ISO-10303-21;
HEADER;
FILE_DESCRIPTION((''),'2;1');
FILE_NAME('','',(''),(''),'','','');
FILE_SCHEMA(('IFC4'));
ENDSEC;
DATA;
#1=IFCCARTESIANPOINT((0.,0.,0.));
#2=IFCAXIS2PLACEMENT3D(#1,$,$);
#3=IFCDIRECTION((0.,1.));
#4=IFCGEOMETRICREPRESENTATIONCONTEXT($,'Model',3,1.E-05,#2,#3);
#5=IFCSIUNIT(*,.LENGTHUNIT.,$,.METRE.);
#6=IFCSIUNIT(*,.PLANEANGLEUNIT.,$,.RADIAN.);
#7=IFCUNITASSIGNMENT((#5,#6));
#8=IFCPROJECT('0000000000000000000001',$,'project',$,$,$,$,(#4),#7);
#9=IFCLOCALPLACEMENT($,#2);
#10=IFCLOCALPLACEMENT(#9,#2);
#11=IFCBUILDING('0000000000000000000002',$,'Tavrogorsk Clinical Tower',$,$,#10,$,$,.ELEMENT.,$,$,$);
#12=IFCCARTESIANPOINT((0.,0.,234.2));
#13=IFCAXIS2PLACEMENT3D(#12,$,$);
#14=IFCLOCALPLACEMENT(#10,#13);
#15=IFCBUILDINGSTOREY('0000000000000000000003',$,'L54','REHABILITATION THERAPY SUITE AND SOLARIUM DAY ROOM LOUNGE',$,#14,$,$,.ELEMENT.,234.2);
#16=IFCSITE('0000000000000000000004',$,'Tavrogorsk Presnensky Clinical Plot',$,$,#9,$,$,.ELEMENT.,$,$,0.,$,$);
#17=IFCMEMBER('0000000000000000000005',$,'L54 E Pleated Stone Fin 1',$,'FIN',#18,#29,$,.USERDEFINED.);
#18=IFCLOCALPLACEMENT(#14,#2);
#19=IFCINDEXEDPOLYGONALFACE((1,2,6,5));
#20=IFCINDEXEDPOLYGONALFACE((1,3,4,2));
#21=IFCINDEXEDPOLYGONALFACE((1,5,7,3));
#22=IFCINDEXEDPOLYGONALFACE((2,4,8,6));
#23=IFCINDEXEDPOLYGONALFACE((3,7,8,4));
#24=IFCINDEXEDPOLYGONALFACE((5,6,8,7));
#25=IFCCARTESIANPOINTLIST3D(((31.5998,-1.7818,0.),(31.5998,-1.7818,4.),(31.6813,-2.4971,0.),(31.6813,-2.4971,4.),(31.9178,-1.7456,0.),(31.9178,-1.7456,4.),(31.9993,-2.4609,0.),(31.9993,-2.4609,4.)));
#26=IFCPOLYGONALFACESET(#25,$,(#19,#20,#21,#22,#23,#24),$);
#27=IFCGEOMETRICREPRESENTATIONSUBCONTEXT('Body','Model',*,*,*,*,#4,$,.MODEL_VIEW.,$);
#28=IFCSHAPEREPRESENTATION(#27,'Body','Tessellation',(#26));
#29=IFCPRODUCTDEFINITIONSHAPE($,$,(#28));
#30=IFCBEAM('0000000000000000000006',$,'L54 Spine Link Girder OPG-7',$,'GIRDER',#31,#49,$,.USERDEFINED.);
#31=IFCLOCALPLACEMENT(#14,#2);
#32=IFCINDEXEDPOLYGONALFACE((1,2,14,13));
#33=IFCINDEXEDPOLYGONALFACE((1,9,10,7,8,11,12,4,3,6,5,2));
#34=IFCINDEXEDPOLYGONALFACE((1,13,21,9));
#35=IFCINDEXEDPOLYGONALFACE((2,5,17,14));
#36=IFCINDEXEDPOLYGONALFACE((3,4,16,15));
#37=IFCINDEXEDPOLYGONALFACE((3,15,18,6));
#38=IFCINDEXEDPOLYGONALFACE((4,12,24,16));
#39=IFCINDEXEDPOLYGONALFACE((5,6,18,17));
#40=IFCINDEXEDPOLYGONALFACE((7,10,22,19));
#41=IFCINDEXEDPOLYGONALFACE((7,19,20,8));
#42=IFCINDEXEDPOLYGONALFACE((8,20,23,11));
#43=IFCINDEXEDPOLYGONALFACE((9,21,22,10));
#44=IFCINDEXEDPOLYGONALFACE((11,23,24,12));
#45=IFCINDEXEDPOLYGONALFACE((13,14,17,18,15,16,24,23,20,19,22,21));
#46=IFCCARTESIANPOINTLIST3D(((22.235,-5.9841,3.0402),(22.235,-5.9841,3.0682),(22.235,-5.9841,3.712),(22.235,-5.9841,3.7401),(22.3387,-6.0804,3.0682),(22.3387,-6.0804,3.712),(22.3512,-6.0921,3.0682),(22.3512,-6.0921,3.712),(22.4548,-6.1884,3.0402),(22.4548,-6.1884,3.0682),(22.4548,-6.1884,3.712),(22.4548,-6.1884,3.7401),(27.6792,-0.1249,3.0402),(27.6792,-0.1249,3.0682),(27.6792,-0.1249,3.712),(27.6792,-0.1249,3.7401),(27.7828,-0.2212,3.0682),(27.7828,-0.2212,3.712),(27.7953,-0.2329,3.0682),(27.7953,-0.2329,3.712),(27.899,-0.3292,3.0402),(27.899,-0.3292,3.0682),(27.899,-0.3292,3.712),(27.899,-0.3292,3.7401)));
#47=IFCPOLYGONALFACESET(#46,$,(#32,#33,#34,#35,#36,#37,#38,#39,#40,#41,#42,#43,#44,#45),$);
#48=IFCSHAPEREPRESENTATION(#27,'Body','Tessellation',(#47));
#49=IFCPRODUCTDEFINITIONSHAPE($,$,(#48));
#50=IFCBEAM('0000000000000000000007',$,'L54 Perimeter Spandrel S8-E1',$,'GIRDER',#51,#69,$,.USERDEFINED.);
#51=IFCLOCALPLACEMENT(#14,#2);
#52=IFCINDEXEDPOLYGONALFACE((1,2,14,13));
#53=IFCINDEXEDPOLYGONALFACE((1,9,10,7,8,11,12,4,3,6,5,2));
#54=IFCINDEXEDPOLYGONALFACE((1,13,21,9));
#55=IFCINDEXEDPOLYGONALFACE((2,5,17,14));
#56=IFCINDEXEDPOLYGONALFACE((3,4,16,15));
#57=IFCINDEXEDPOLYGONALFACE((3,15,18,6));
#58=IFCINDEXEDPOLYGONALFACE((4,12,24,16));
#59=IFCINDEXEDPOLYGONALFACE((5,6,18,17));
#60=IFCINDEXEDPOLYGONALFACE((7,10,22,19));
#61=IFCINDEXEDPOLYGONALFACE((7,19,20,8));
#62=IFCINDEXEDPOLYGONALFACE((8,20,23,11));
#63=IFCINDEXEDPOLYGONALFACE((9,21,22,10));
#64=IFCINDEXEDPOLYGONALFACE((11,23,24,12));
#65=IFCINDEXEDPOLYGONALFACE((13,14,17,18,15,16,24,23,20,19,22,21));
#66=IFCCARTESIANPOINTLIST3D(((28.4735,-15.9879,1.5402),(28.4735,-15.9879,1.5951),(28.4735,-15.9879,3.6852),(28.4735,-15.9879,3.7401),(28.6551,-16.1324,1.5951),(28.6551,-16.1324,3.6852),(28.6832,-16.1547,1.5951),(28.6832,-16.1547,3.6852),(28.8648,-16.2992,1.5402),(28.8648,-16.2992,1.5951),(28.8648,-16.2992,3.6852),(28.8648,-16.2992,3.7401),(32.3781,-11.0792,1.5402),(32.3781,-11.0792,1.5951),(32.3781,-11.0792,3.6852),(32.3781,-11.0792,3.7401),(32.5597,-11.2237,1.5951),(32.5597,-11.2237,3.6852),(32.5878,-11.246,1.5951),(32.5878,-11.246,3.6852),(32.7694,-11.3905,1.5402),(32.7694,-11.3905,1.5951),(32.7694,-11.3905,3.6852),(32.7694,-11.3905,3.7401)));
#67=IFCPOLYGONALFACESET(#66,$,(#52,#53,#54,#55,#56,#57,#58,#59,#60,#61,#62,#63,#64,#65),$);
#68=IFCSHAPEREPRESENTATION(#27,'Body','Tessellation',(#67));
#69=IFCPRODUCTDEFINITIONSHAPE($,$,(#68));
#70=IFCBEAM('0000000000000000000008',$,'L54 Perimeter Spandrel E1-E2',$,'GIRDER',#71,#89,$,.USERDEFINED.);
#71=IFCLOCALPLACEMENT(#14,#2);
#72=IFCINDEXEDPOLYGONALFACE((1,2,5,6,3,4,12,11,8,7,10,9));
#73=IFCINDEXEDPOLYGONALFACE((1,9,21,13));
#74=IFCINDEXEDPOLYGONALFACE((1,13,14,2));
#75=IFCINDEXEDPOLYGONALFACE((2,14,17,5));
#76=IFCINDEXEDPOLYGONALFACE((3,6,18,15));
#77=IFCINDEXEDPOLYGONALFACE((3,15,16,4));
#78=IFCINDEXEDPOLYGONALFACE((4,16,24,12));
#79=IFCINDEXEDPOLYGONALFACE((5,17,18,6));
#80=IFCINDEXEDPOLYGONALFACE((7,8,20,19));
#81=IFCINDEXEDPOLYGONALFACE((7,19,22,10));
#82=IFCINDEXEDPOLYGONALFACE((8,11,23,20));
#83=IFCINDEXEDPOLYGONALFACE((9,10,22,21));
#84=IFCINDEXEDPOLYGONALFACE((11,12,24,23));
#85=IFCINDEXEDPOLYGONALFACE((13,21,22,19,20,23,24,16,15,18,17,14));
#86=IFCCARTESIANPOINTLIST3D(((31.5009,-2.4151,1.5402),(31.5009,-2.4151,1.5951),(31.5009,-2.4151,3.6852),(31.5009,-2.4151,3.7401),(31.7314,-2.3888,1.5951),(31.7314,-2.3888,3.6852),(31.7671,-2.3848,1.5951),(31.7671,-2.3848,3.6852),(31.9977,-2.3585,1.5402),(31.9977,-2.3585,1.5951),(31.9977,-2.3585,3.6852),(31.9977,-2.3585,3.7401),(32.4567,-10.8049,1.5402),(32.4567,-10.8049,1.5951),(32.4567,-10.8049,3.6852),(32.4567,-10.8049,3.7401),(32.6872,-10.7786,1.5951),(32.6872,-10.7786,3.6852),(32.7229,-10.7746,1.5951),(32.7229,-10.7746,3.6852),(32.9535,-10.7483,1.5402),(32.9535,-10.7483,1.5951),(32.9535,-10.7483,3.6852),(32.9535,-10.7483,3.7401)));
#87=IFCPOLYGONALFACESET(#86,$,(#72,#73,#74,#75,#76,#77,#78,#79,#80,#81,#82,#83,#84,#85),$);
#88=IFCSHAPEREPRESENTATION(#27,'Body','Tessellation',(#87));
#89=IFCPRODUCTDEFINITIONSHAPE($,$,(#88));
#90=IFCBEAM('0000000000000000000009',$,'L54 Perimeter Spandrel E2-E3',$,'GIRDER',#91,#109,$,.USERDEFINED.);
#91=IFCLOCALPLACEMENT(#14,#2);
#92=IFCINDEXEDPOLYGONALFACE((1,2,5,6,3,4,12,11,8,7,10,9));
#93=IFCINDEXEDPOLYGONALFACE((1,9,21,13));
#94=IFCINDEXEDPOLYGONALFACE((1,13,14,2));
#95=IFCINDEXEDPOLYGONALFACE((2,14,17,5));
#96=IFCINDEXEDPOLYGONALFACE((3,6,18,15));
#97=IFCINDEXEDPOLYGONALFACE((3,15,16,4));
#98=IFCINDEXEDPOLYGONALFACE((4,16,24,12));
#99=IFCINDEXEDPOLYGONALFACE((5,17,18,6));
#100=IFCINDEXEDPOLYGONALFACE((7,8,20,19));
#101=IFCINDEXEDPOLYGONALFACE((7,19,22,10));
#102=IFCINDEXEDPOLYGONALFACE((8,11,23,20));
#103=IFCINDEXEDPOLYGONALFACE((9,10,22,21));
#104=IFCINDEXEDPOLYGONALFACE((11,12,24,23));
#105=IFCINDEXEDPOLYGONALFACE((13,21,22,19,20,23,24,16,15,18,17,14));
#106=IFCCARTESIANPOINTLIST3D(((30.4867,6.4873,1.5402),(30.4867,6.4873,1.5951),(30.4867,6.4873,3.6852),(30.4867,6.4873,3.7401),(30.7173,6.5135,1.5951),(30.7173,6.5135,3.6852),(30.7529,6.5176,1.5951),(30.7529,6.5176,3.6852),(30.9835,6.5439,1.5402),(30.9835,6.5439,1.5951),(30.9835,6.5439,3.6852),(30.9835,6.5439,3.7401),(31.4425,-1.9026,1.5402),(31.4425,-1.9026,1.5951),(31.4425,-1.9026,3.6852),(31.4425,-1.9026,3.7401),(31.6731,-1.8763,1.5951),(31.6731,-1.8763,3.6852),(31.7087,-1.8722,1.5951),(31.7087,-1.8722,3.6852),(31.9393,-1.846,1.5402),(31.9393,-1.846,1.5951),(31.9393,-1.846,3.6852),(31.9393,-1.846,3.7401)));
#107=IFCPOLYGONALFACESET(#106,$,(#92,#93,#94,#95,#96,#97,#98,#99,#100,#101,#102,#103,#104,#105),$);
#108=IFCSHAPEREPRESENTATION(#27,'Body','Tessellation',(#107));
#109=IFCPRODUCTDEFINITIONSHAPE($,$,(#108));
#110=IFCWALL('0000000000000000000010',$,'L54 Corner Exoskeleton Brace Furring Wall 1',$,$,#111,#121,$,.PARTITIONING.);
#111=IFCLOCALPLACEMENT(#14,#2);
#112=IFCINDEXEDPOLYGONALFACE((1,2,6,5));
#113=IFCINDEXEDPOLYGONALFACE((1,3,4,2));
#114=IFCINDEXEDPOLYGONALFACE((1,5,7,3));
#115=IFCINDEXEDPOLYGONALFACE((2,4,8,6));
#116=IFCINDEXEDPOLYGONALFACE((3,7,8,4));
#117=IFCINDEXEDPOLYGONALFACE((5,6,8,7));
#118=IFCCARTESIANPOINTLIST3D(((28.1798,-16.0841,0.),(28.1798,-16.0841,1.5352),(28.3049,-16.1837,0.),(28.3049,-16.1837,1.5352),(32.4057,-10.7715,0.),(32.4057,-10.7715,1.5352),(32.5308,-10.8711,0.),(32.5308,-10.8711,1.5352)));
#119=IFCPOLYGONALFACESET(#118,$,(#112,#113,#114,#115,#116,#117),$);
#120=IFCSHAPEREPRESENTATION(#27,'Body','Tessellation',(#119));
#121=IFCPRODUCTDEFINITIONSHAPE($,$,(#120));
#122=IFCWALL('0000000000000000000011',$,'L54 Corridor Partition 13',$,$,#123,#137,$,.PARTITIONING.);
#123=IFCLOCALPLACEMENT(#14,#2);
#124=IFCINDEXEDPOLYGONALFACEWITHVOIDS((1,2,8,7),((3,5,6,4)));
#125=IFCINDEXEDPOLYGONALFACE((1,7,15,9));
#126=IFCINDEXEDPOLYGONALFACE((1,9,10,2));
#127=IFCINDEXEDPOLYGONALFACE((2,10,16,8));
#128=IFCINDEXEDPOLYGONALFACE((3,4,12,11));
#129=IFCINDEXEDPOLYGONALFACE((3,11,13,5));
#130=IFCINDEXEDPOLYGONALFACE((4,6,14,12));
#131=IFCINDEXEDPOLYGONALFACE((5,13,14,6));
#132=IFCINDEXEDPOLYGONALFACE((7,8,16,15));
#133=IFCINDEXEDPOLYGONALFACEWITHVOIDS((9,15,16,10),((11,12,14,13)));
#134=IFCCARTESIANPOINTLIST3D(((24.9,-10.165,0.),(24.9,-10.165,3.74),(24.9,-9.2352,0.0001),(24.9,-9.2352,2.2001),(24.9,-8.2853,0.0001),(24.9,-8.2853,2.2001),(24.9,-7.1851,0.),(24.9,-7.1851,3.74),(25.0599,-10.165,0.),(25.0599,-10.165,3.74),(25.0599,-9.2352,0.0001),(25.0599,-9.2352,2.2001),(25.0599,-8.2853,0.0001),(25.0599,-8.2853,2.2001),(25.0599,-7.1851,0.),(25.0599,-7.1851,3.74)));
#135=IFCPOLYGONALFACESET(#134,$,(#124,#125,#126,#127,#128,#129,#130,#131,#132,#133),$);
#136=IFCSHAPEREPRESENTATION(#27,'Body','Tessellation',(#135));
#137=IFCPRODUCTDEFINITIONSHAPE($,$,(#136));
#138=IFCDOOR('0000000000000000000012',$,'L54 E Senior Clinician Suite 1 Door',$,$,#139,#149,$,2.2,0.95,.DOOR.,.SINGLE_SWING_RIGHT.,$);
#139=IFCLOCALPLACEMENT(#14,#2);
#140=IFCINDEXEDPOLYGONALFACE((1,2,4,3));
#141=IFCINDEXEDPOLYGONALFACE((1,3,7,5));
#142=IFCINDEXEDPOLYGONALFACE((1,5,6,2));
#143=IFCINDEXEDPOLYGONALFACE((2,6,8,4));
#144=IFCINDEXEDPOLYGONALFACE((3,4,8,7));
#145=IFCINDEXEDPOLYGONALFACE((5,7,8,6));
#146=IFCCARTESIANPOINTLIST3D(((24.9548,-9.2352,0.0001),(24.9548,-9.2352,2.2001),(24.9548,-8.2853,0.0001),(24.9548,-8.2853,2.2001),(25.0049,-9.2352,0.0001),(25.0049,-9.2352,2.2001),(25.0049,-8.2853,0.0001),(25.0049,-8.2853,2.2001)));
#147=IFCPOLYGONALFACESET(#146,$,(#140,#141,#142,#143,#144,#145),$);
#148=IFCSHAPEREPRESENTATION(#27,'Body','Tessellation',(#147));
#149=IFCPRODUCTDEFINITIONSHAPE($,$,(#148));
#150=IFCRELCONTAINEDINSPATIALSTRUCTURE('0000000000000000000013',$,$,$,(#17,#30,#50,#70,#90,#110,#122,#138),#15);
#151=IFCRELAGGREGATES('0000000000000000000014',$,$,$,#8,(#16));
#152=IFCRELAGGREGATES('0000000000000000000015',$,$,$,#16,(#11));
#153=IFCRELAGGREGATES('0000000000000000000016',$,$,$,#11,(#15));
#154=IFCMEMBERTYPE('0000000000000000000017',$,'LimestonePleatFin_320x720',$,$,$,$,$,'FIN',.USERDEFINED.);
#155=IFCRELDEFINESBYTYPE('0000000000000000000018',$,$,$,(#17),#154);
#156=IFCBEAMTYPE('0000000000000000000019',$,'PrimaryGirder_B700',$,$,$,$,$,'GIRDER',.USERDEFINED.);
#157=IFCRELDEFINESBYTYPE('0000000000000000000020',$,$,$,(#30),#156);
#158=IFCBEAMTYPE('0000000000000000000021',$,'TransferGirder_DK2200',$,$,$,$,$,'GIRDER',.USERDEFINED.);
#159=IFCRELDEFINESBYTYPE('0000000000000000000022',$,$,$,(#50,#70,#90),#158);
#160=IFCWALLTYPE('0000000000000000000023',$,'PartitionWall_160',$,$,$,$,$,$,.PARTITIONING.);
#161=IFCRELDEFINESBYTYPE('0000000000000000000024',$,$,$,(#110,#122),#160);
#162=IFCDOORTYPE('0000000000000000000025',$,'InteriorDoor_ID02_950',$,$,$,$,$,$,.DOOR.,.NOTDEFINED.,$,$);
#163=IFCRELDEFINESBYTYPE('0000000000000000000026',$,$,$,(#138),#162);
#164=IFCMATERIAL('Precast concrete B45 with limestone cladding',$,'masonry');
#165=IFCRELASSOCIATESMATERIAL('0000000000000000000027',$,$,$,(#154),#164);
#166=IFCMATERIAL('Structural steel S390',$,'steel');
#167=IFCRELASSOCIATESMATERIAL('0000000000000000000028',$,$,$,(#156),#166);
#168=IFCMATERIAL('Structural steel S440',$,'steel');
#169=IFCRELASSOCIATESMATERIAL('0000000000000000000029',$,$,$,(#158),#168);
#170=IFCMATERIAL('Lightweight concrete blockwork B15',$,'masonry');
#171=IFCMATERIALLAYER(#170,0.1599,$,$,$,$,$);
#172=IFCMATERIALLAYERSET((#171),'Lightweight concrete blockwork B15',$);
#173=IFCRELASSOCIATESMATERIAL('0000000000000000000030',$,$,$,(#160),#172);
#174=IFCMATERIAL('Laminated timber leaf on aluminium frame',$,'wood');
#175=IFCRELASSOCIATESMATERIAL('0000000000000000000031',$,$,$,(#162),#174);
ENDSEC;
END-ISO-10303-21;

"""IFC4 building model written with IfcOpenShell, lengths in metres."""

from ifc_helpers import new_model, si_unit, direction, frame, frame_2d, origin, origin_2d, place, context, subcontext, project, spatial, rectangle, i_section, extrude, material, layer, layer_set, material_profile, profile_set, type_object, element, fill, save


model = new_model("IFC4")

# Units and contexts
model_context = context("Model", 3, precision=1e-05, world=origin(), true_north=direction((0.0, 1.0)))
body_context = subcontext(model_context, "Body", "Model", "MODEL_VIEW")
ifc_project = project(units=[si_unit("LENGTHUNIT", "METRE"), si_unit("PLANEANGLEUNIT", "RADIAN")], contexts=[model_context])

# Site, building, storey
site_placement = place(None, origin())
site = spatial("IfcSite", under=ifc_project, at=site_placement, Name="Tavrogorsk Presnensky Clinical Plot", CompositionType="ELEMENT", RefElevation=0.0)
building_placement = place(site_placement, origin())
building = spatial("IfcBuilding", under=site, at=building_placement, Name="Tavrogorsk Clinical Tower", CompositionType="ELEMENT")
storey_placement = place(building_placement, frame((0.0, 0.0, 234.2)))
storey = spatial("IfcBuildingStorey", under=building, at=storey_placement, Name="L54", Description="REHABILITATION THERAPY SUITE AND SOLARIUM DAY ROOM LOUNGE", CompositionType="ELEMENT", Elevation=234.2)

# Member
ifc_material_1 = material(Name="Precast concrete B45 with limestone cladding", Category="masonry")
ifc_material_profile_1 = material_profile(ifc_material_1, rectangle(XDim=0.3201, YDim=0.72, at=origin_2d()), Name="LIMESTONE-FIN-320x720")
ifc_profile_set_1 = profile_set([ifc_material_profile_1], Name="Precast concrete B45 with limestone cladding")
member_type_1 = type_object("IfcMemberType", Name="LimestonePleatFin_320x720", ElementType="FIN", PredefinedType="USERDEFINED", material=ifc_profile_set_1)
member_1_placement = place(storey_placement, frame((31.7996, -2.1213, 0.0), z_axis=(0.0, 0.0, 1.0), x_axis=(0.993572, 0.113203, 0.0)))
element("IfcMember", 1, at=member_1_placement, inside=storey, type_object=member_type_1, Name="L54 E Pleated Stone Fin 1", ObjectType="FIN", PredefinedType="USERDEFINED", context=body_context, shape_type="SweptSolid", body=[
    extrude(rectangle(XDim=0.3201, YDim=0.72, at=origin_2d()), origin(), (0.0, 0.0, 1.0), 4.0),
])

# Beams
ifc_material_2 = material(Name="Structural steel S390", Category="steel")
ifc_material_profile_2 = material_profile(ifc_material_2, i_section(OverallWidth=0.3, OverallDepth=0.7, WebThickness=0.0171, FlangeThickness=0.0281, at=origin_2d()), Name="B-700x300x17x28")
ifc_profile_set_2 = profile_set([ifc_material_profile_2], Name="Structural steel S390")
beam_type_1 = type_object("IfcBeamType", Name="PrimaryGirder_B700", ElementType="GIRDER", PredefinedType="USERDEFINED", material=ifc_profile_set_2)
beam_1_placement = place(storey_placement, frame((27.7891, -0.2271, 3.3901), z_axis=(-0.680684, -0.732577, 0.0), x_axis=(0.732577, -0.680684, 0.0)))
element("IfcBeam", 2, at=beam_1_placement, inside=storey, type_object=beam_type_1, Name="L54 Spine Link Girder OPG-7", ObjectType="GIRDER", PredefinedType="USERDEFINED", context=body_context, shape_type="SweptSolid", body=[
    extrude(i_section(OverallWidth=0.3, OverallDepth=0.7, WebThickness=0.0171, FlangeThickness=0.0281, at=origin_2d()), origin(), (0.0, 0.0, 1.0), 7.998),
])
ifc_material_3 = material(Name="Structural steel S440", Category="steel")
ifc_material_profile_3 = material_profile(ifc_material_3, i_section(OverallWidth=0.5, OverallDepth=2.2, WebThickness=0.0359, FlangeThickness=0.0549, at=origin_2d()), Name="DK-2200x500x36x55")
ifc_profile_set_3 = profile_set([ifc_material_profile_3], Name="Structural steel S440")
beam_type_2 = type_object("IfcBeamType", Name="TransferGirder_DK2200", ElementType="GIRDER", PredefinedType="USERDEFINED", material=ifc_profile_set_3)
beam_2_placement = place(storey_placement, frame((28.6692, -16.1436, 2.6401), z_axis=(0.622514, 0.782609, 0.0), x_axis=(-0.782609, 0.622514, 0.0)))
element("IfcBeam", 3, at=beam_2_placement, inside=storey, type_object=beam_type_2, Name="L54 Perimeter Spandrel S8-E1", ObjectType="GIRDER", PredefinedType="USERDEFINED", context=body_context, shape_type="SweptSolid", body=[
    extrude(i_section(OverallWidth=0.5, OverallDepth=2.2, WebThickness=0.0359, FlangeThickness=0.0549, at=origin_2d()), origin(), (0.0, 0.0, 1.0), 6.2722),
])
for number, where, z_axis, x_axis, name in (
    (4, (32.7051, -10.7766, 2.6401), (-0.113192, 0.993573, 0.0), (-0.993573, -0.113192, 0.0), "L54 Perimeter Spandrel E1-E2"),
    (5, (31.6909, -1.8743, 2.6401), (-0.113192, 0.993573, 0.0), (-0.993573, -0.113192, 0.0), "L54 Perimeter Spandrel E2-E3"),
):
    element("IfcBeam", number, at=place(storey_placement, frame(where, z_axis=z_axis, x_axis=x_axis)), inside=storey, type_object=beam_type_2, Name=name, ObjectType="GIRDER", PredefinedType="USERDEFINED", context=body_context, shape_type="SweptSolid", body=[
        extrude(i_section(OverallWidth=0.5, OverallDepth=2.2, WebThickness=0.0359, FlangeThickness=0.0549, at=origin_2d()), origin(), (0.0, 0.0, 1.0), 8.4441),
    ])

# Wall
ifc_material_4 = material(Name="Lightweight concrete blockwork B15", Category="masonry")
ifc_layer_1 = layer(ifc_material_4, 0.1599)
ifc_layer_set_1 = layer_set([ifc_layer_1], Name="Lightweight concrete blockwork B15")
wall_type_1 = type_object("IfcWallType", Name="PartitionWall_160", PredefinedType="PARTITIONING", material=ifc_layer_set_1)
wall_1_placement = place(storey_placement, frame((28.2424, -16.1338, 0.0), z_axis=(0.0, 0.0, 1.0), x_axis=(0.622522, 0.782603, 0.0)))
element("IfcWall", 6, at=wall_1_placement, inside=storey, type_object=wall_type_1, Name="L54 Corner Exoskeleton Brace Furring Wall 1", PredefinedType="PARTITIONING", context=body_context, shape_type="SweptSolid", body=[
    extrude(rectangle(XDim=6.7883, YDim=0.1599, at=frame_2d((3.394, 0.0))), origin(), (0.0, 0.0, 1.0), 1.5352),
])

# Wall, opening, door
wall_2_placement = place(storey_placement, frame((24.98, -7.1851, 0.0), z_axis=(0.0, 0.0, 1.0), x_axis=(0.0, -1.0, 0.0)))
wall_2 = element("IfcWall", 7, at=wall_2_placement, inside=storey, type_object=wall_type_1, Name="L54 Corridor Partition 13", PredefinedType="PARTITIONING", context=body_context, shape_type="SweptSolid", body=[
    extrude(rectangle(XDim=2.98, YDim=0.1599, at=frame_2d((1.49, 0.0))), origin(), (0.0, 0.0, 1.0), 3.74),
])
opening_1_placement = place(wall_2_placement, frame((1.1001, 0.0, 0.0)))
opening_1 = element("IfcOpeningElement", 8, at=opening_1_placement, cuts=wall_2, PredefinedType="OPENING", context=body_context, shape_type="SweptSolid", body=[
    extrude(rectangle(XDim=0.95, YDim=2.2, at=frame_2d((0.4751, 1.1001))), frame((0.0, 0.0898, 0.0), z_axis=(0.0, -1.0, 0.0), x_axis=(1.0, 0.0, 0.0)), (0.0, 0.0, 1.0), 0.1799),
])
ifc_material_5 = material(Name="Laminated timber leaf on aluminium frame", Category="wood")
door_type_1 = type_object("IfcDoorType", Name="InteriorDoor_ID02_950", OperationType="NOTDEFINED", PredefinedType="DOOR", material=ifc_material_5)
door_1_placement = place(opening_1_placement, origin())
door_1 = element("IfcDoor", 9, at=door_1_placement, inside=storey, type_object=door_type_1, Name="L54 E Senior Clinician Suite 1 Door", OperationType="SINGLE_SWING_RIGHT", OverallHeight=2.2, OverallWidth=0.95, PredefinedType="DOOR", context=body_context, shape_type="SweptSolid", body=[
    extrude(rectangle(XDim=0.95, YDim=2.2, at=frame_2d((0.4751, 1.1001))), frame((0.0, 0.0249, 0.0), z_axis=(0.0, -1.0, 0.0), x_axis=(1.0, 0.0, 0.0)), (0.0, 0.0, 1.0), 0.05),
])
fill(opening_1, door_1)

save(model, "model.ifc")
